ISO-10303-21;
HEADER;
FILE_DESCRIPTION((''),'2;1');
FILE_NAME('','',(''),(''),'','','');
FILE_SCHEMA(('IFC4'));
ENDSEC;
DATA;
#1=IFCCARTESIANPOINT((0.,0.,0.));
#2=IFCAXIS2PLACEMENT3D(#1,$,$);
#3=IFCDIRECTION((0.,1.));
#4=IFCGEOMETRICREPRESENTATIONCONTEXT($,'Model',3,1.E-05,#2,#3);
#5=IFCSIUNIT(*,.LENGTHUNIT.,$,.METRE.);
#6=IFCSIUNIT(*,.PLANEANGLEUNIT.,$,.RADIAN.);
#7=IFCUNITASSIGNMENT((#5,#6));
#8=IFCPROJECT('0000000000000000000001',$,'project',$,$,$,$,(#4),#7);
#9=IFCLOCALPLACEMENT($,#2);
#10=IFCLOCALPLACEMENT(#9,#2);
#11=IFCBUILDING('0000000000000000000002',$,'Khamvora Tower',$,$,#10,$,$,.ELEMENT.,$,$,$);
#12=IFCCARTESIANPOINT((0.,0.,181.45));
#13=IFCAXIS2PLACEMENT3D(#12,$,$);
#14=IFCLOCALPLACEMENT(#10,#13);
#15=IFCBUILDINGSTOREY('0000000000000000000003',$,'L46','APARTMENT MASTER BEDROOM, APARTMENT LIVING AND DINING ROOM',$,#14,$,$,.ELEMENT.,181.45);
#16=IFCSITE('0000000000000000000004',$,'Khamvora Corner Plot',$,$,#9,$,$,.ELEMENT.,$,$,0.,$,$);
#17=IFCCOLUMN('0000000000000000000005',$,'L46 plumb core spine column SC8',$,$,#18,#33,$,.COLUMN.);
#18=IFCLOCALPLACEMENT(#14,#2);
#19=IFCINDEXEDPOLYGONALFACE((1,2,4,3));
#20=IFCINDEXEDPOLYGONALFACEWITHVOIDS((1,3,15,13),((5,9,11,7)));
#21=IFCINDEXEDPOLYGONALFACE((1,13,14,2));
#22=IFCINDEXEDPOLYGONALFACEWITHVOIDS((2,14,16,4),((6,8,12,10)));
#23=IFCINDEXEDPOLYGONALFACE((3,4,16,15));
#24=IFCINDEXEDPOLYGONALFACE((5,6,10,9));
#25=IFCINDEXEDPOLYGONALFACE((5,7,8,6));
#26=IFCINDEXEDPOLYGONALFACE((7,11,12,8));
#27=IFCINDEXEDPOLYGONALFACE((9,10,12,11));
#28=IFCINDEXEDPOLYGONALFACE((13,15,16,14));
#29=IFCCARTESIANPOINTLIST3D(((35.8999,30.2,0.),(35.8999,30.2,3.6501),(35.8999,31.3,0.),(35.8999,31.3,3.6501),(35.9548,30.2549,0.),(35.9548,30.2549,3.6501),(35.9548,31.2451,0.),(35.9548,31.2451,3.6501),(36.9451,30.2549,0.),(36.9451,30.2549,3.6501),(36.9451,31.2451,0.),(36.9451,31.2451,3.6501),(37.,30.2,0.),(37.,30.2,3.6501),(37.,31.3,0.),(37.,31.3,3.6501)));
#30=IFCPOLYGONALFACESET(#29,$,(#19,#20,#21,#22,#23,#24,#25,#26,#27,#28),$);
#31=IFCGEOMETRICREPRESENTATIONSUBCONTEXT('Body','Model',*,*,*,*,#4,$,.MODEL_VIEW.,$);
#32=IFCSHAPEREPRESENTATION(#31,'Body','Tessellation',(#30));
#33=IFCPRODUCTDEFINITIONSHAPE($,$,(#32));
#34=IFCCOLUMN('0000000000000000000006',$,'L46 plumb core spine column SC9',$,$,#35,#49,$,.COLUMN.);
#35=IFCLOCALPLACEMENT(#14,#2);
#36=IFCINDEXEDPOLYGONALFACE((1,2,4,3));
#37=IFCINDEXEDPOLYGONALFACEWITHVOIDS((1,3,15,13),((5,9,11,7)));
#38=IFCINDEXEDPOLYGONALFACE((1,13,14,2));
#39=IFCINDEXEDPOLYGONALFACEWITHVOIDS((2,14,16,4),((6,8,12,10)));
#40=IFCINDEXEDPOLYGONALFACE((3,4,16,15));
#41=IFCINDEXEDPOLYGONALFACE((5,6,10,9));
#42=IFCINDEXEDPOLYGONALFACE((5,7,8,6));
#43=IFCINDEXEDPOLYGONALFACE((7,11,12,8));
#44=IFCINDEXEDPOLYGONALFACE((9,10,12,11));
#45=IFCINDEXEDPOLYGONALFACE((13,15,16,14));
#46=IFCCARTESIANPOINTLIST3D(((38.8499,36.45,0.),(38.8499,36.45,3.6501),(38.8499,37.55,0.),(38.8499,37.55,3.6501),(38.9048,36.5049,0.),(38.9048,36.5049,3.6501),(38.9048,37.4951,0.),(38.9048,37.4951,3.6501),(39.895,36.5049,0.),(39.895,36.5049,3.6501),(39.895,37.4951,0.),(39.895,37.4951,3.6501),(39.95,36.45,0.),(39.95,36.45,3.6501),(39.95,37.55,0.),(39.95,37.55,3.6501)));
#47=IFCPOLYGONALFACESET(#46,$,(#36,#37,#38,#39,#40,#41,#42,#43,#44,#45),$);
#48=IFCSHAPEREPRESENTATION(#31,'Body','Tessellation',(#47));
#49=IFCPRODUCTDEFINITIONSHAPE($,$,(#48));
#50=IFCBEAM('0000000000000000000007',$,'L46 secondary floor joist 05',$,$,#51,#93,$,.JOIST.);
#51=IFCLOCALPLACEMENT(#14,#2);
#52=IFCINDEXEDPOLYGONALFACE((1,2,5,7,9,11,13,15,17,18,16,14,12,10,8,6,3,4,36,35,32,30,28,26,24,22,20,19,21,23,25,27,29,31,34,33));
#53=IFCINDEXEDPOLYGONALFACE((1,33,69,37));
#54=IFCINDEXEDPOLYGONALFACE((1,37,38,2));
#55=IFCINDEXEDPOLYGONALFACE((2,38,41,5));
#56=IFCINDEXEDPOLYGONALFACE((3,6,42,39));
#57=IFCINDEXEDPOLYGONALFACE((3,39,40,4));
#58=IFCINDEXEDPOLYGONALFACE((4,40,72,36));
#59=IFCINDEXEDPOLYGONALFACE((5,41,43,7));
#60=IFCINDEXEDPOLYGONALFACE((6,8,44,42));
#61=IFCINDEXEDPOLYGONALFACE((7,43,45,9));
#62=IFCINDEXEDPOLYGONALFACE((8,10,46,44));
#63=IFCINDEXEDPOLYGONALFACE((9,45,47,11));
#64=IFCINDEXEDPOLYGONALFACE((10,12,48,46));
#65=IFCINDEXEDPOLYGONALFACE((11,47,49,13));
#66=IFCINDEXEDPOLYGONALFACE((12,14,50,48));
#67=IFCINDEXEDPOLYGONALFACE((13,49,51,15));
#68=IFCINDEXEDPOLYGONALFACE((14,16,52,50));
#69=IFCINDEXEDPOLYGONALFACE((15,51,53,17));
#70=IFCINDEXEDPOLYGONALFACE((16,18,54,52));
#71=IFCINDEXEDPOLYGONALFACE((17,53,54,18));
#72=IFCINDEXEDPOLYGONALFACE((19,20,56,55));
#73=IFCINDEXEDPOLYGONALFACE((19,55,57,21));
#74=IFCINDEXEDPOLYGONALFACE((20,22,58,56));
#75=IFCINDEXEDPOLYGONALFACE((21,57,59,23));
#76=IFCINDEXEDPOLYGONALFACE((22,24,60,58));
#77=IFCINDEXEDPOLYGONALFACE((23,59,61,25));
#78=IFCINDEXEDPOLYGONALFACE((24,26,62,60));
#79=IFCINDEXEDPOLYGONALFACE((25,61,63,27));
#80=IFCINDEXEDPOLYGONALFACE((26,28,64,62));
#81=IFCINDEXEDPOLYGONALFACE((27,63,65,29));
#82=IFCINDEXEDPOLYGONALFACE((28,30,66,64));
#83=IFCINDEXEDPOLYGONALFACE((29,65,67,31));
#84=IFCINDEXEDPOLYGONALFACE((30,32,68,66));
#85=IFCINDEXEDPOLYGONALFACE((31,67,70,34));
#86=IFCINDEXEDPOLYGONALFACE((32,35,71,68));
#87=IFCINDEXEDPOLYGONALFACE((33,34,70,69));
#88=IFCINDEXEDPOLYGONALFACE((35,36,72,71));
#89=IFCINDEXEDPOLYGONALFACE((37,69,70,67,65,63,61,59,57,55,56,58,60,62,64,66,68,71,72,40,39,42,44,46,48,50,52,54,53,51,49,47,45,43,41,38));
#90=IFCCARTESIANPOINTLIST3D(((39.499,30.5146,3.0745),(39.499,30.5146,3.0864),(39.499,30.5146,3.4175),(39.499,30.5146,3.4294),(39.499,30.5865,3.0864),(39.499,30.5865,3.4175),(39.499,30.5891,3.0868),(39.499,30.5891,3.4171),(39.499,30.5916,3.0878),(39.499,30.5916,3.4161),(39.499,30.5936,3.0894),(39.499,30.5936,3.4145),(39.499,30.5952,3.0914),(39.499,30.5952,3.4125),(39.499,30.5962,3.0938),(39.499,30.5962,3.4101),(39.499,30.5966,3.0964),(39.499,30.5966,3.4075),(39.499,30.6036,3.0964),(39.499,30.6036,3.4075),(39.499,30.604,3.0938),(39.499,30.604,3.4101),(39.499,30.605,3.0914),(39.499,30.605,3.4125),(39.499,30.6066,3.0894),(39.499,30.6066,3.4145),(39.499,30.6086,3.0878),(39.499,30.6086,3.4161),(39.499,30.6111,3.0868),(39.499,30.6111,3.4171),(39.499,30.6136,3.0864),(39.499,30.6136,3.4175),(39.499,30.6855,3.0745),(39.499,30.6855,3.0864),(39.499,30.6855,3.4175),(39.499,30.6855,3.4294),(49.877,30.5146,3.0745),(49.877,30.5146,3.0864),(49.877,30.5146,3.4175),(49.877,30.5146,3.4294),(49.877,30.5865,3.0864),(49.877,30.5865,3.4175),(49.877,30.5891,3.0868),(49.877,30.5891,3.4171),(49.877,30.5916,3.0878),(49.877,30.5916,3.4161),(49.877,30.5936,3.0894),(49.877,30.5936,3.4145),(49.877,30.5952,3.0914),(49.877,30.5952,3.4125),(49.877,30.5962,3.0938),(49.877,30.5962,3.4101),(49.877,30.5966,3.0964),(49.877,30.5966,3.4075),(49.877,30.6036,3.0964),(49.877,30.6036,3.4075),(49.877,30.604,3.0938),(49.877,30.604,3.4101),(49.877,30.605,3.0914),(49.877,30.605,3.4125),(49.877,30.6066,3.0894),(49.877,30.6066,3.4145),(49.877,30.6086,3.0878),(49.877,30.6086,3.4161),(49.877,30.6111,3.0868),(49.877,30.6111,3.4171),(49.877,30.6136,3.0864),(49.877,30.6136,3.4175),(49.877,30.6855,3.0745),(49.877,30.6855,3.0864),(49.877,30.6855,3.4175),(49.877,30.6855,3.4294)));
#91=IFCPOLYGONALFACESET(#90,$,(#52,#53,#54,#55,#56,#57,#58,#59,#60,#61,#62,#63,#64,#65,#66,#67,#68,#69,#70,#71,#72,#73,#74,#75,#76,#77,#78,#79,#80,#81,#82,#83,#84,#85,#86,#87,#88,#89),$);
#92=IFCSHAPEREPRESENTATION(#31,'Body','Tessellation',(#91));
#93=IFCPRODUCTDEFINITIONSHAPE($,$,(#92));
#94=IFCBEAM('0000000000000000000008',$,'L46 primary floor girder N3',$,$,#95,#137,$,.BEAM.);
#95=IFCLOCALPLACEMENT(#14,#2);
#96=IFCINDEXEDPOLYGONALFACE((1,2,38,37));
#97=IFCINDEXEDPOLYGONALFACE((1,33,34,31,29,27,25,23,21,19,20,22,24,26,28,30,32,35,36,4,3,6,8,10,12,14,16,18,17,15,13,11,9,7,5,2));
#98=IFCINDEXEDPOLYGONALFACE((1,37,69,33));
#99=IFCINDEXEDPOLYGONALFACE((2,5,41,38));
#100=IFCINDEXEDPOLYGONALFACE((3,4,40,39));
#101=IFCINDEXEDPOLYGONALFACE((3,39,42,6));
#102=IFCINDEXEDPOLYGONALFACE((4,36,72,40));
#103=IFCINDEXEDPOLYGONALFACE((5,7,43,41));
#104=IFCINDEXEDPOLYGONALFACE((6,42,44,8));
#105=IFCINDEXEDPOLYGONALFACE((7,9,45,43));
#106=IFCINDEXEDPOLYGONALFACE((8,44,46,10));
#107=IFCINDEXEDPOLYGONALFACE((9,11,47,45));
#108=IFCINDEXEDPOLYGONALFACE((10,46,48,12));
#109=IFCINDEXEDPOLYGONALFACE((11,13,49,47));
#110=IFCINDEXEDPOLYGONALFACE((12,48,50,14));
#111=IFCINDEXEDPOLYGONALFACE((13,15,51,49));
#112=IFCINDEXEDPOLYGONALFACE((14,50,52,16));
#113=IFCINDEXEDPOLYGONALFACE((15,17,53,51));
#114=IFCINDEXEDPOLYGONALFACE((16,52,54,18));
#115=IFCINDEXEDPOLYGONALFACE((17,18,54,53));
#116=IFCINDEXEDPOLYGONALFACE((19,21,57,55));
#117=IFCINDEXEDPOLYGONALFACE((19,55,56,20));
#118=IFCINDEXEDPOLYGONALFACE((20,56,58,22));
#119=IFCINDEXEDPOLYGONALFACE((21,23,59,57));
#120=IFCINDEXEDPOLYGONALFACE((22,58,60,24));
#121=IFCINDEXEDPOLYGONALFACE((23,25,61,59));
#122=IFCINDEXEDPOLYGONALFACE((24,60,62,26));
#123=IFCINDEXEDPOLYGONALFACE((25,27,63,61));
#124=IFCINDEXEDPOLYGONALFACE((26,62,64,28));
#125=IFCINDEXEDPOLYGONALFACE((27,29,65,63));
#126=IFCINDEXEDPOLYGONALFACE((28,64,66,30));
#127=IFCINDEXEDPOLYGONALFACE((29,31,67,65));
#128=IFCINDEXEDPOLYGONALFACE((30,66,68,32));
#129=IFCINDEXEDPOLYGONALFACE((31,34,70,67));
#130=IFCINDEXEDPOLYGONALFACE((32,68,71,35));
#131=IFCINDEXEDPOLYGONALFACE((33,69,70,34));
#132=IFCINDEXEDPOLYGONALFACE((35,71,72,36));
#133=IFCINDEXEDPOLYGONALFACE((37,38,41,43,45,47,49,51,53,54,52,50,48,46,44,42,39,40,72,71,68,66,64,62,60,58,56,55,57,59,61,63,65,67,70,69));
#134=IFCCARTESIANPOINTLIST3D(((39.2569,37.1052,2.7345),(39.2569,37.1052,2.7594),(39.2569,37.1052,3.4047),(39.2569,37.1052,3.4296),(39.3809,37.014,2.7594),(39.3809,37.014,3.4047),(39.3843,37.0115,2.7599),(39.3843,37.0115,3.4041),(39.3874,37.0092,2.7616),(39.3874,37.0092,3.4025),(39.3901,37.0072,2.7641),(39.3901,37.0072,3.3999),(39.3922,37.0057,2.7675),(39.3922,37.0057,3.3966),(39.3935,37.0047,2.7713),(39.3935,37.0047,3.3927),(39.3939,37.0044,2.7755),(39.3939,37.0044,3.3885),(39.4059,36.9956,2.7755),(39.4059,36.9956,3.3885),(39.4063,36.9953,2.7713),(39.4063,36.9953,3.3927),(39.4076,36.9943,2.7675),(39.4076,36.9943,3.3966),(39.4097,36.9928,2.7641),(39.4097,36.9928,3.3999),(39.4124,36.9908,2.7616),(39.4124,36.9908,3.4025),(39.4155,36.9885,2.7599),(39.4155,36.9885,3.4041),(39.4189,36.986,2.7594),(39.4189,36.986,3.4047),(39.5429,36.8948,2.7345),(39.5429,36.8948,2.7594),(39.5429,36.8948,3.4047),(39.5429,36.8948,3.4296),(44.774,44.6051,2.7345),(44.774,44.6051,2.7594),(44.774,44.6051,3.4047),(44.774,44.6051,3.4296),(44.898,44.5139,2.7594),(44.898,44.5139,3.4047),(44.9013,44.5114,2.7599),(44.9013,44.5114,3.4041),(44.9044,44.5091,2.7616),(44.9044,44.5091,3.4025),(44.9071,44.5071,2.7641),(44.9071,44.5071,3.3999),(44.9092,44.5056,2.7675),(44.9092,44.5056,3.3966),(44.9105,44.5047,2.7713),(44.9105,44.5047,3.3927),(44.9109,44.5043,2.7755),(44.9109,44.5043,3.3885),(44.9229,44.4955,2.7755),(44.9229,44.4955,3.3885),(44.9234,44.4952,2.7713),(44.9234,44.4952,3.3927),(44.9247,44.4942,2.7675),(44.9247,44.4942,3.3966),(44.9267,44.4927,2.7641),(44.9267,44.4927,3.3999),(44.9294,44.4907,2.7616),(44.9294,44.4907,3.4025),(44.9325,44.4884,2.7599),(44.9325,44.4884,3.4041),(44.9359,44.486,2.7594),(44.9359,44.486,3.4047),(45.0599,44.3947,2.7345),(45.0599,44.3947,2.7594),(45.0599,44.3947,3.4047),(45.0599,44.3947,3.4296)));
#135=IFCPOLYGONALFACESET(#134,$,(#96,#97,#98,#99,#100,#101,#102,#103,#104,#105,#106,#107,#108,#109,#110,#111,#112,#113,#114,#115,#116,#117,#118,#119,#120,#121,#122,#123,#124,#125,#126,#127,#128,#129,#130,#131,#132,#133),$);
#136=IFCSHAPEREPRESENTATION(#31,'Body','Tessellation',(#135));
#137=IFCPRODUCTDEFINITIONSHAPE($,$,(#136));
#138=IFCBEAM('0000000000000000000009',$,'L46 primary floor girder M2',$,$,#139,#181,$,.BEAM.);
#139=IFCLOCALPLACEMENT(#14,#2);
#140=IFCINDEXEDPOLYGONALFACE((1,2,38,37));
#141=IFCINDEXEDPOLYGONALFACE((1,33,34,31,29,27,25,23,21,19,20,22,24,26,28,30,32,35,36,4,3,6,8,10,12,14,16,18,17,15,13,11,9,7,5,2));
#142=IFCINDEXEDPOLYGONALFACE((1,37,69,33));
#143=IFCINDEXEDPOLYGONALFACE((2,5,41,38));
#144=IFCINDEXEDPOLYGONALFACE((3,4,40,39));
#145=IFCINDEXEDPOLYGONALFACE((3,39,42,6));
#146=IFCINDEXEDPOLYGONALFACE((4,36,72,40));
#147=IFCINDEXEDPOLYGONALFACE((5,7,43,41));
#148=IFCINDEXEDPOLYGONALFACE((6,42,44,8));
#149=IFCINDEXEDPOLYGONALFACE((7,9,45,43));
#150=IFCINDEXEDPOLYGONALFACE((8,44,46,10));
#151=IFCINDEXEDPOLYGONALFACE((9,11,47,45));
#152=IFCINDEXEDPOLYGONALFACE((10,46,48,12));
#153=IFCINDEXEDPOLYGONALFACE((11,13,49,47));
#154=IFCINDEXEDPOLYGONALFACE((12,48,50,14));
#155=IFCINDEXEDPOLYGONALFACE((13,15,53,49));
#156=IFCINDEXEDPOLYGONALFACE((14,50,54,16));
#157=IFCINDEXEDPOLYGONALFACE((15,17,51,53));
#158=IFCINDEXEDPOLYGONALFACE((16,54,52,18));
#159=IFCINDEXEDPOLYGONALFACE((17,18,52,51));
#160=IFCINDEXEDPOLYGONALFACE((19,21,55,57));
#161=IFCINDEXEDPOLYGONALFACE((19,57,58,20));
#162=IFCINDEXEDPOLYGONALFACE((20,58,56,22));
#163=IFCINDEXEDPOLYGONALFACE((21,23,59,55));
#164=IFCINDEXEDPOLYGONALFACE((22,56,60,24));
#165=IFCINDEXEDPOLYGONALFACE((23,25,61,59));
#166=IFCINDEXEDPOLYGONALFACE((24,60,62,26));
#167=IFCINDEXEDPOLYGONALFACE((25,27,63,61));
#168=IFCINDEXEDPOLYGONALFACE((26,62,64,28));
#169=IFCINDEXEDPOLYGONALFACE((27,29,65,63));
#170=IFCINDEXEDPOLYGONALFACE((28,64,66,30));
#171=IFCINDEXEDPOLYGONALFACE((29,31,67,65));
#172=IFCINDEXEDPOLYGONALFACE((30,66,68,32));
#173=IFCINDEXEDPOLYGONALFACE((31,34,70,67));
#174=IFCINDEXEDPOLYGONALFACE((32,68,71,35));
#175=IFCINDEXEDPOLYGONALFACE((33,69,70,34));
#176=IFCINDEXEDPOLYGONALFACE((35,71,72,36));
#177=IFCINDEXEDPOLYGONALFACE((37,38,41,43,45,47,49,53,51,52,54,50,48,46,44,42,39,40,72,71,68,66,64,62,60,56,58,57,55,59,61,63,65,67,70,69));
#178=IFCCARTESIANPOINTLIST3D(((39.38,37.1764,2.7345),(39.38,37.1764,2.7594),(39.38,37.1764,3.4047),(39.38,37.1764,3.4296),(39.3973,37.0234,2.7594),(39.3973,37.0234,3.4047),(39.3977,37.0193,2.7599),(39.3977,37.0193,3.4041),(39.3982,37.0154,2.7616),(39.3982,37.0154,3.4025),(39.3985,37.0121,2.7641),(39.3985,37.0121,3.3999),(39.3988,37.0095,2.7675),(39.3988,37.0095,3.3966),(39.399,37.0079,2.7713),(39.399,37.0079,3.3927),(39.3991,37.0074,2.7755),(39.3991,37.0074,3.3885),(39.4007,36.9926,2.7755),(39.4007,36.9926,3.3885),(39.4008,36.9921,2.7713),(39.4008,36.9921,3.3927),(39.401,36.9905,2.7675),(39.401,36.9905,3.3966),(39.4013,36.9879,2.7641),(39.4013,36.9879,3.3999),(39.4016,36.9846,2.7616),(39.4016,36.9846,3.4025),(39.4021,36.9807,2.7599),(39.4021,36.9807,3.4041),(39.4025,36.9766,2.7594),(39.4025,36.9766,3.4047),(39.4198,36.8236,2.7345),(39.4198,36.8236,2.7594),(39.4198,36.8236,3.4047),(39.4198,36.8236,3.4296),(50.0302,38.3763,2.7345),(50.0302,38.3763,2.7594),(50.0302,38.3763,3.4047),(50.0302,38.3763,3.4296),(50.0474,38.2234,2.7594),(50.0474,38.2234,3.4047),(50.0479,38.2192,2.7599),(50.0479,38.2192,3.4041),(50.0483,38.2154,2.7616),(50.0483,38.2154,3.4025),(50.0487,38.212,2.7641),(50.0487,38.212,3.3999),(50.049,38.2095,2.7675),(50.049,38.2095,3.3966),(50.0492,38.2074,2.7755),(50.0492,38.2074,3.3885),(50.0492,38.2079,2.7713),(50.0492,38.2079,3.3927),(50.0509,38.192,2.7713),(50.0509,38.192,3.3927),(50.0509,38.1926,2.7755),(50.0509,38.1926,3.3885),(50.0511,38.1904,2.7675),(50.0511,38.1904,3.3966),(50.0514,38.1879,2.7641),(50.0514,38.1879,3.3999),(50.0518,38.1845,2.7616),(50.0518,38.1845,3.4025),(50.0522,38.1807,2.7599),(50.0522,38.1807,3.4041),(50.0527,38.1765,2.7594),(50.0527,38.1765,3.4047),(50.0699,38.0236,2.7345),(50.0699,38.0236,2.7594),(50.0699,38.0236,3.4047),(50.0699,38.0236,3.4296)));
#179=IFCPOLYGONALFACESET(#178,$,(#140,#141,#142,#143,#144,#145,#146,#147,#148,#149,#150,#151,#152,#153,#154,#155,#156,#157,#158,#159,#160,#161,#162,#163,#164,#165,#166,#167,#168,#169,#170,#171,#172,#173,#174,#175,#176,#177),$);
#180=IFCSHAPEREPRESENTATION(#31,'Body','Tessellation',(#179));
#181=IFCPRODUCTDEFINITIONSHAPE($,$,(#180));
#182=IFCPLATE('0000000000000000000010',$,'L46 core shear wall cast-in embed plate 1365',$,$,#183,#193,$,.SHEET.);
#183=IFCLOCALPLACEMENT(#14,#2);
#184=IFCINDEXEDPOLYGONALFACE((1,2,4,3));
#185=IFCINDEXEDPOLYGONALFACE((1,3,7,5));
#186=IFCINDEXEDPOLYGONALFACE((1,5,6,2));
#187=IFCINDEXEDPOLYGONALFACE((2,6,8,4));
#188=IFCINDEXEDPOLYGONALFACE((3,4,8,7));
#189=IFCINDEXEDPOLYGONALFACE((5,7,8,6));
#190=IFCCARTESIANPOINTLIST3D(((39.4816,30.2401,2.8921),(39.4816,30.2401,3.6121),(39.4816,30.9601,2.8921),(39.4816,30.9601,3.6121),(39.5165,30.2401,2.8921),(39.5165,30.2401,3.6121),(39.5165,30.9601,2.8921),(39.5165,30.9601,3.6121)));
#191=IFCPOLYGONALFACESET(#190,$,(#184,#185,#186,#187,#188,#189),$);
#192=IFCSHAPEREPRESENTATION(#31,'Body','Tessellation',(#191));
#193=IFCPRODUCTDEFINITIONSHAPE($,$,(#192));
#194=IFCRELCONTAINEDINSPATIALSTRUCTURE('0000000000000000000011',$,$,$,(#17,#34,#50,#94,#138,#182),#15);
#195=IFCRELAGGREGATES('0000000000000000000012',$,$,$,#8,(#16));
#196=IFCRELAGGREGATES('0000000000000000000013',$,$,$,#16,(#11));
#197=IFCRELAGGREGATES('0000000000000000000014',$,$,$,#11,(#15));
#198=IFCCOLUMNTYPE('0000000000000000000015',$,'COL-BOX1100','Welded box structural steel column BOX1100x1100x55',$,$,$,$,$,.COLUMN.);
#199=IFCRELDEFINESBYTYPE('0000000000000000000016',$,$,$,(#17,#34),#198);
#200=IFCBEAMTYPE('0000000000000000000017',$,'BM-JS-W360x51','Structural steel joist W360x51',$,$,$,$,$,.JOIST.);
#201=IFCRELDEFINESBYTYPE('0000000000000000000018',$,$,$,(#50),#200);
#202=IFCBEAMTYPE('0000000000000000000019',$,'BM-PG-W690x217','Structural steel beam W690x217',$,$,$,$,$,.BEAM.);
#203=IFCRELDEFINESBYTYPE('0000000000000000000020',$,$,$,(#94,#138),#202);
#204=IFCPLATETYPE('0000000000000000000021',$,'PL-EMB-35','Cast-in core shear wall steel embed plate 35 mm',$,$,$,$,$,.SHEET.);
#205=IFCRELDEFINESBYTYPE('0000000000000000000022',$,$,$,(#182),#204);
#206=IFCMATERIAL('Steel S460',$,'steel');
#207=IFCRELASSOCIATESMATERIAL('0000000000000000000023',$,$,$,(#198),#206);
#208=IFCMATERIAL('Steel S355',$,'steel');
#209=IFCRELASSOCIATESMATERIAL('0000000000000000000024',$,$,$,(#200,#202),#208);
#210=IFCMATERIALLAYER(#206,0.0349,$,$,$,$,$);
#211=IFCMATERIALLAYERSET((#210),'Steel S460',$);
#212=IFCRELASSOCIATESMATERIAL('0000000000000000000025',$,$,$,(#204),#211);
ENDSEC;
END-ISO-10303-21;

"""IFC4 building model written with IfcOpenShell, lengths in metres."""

from ifc_helpers import new_model, si_unit, direction, frame, origin, origin_2d, place, context, subcontext, project, spatial, rectangle, hollow_rectangle, i_section, extrude, material, layer, layer_set, material_profile, profile_set, type_object, element, save


model = new_model("IFC4")

# Units and contexts
model_context = context("Model", 3, precision=1e-05, world=origin(), true_north=direction((0.0, 1.0)))
body_context = subcontext(model_context, "Body", "Model", "MODEL_VIEW")
ifc_project = project(units=[si_unit("LENGTHUNIT", "METRE"), si_unit("PLANEANGLEUNIT", "RADIAN")], contexts=[model_context])

# Site, building, storey
site_placement = place(None, origin())
site = spatial("IfcSite", under=ifc_project, at=site_placement, Name="Khamvora Corner Plot", CompositionType="ELEMENT", RefElevation=0.0)
building_placement = place(site_placement, origin())
building = spatial("IfcBuilding", under=site, at=building_placement, Name="Khamvora Tower", CompositionType="ELEMENT")
storey_placement = place(building_placement, frame((0.0, 0.0, 181.45)))
storey = spatial("IfcBuildingStorey", under=building, at=storey_placement, Name="L46", Description="APARTMENT MASTER BEDROOM, APARTMENT LIVING AND DINING ROOM", CompositionType="ELEMENT", Elevation=181.45)

# Columns
ifc_material_1 = material(Name="Steel S460", Category="steel")
ifc_material_profile_1 = material_profile(ifc_material_1, hollow_rectangle(XDim=1.1001, YDim=1.1001, WallThickness=0.0549, at=origin_2d()), Name="BOX1100x1100x55")
ifc_profile_set_1 = profile_set([ifc_material_profile_1], Name="Steel S460")
column_type = type_object("IfcColumnType", Name="COL-BOX1100", Description="Welded box structural steel column BOX1100x1100x55", PredefinedType="COLUMN", material=ifc_profile_set_1)
for number, where, z_axis, x_axis, name in (
    (1, (36.45, 30.75, 0.0), (0.0, 0.0, 1.0), (1.0, 0.0, 0.0), "L46 plumb core spine column SC8"),
    (2, (39.3999, 37.0, 0.0), (0.0, 0.0, 1.0), (1.0, 0.0, 0.0), "L46 plumb core spine column SC9"),
):
    element("IfcColumn", number, at=place(storey_placement, frame(where, z_axis=z_axis, x_axis=x_axis)), inside=storey, type_object=column_type, Name=name, PredefinedType="COLUMN", context=body_context, shape_type="SweptSolid", body=[
        extrude(hollow_rectangle(XDim=1.1001, YDim=1.1001, WallThickness=0.0549, at=origin_2d()), origin(), (0.0, 0.0, 1.0), 3.6501),
    ])

# Beams
ifc_material_2 = material(Name="Steel S355", Category="steel")
ifc_material_profile_2 = material_profile(ifc_material_2, i_section(OverallWidth=0.1709, OverallDepth=0.355, WebThickness=0.0071, FlangeThickness=0.012, FilletRadius=0.01, at=origin_2d()), Name="W360x51")
ifc_profile_set_2 = profile_set([ifc_material_profile_2], Name="Steel S355")
beam_type_1 = type_object("IfcBeamType", Name="BM-JS-W360x51", Description="Structural steel joist W360x51", PredefinedType="JOIST", material=ifc_profile_set_2)
beam_1_placement = place(storey_placement, frame((39.499, 30.6001, 3.252), z_axis=(1.0, 0.0, 0.0), x_axis=(0.0, 1.0, 0.0)))
element("IfcBeam", 3, at=beam_1_placement, inside=storey, type_object=beam_type_1, Name="L46 secondary floor joist 05", PredefinedType="JOIST", context=body_context, shape_type="SweptSolid", body=[
    extrude(i_section(OverallWidth=0.1709, OverallDepth=0.355, WebThickness=0.0071, FlangeThickness=0.012, FilletRadius=0.01, at=origin_2d()), origin(), (0.0, 0.0, 1.0), 10.3779),
])
ifc_material_profile_3 = material_profile(ifc_material_2, i_section(OverallWidth=0.355, OverallDepth=0.6951, WebThickness=0.0149, FlangeThickness=0.0249, FilletRadius=0.0161, at=origin_2d()), Name="W690x217")
ifc_profile_set_3 = profile_set([ifc_material_profile_3], Name="Steel S355")
beam_type_2 = type_object("IfcBeamType", Name="BM-PG-W690x217", Description="Structural steel beam W690x217", PredefinedType="BEAM", material=ifc_profile_set_3)
beam_2_placement = place(storey_placement, frame((39.3999, 37.0, 3.082), z_axis=(0.592557, 0.805529, 0.0), x_axis=(-0.805529, 0.592557, 0.0)))
element("IfcBeam", 4, at=beam_2_placement, inside=storey, type_object=beam_type_2, Name="L46 primary floor girder N3", PredefinedType="BEAM", context=body_context, shape_type="SweptSolid", body=[
    extrude(i_section(OverallWidth=0.355, OverallDepth=0.6951, WebThickness=0.0149, FlangeThickness=0.0249, FilletRadius=0.0161, at=origin_2d()), origin(), (0.0, 0.0, 1.0), 9.3105),
])
beam_3_placement = place(storey_placement, frame((39.3999, 37.0, 3.082), z_axis=(0.993713, 0.111962, 0.0), x_axis=(-0.111962, 0.993713, 0.0)))
element("IfcBeam", 5, at=beam_3_placement, inside=storey, type_object=beam_type_2, Name="L46 primary floor girder M2", PredefinedType="BEAM", context=body_context, shape_type="SweptSolid", body=[
    extrude(i_section(OverallWidth=0.355, OverallDepth=0.6951, WebThickness=0.0149, FlangeThickness=0.0249, FilletRadius=0.0161, at=origin_2d()), origin(), (0.0, 0.0, 1.0), 10.7175),
])

# Plate
ifc_layer_1 = layer(ifc_material_1, 0.0349)
ifc_layer_set_1 = layer_set([ifc_layer_1], Name="Steel S460")
plate_type = type_object("IfcPlateType", Name="PL-EMB-35", Description="Cast-in core shear wall steel embed plate 35 mm", PredefinedType="SHEET", material=ifc_layer_set_1)
plate_placement = place(storey_placement, frame((39.499, 30.6001, 2.8921), z_axis=(0.0, 0.0, 1.0), x_axis=(1.0, 0.0, 0.0)))
element("IfcPlate", 6, at=plate_placement, inside=storey, type_object=plate_type, Name="L46 core shear wall cast-in embed plate 1365", PredefinedType="SHEET", context=body_context, shape_type="SweptSolid", body=[
    extrude(rectangle(XDim=0.0349, YDim=0.72, at=origin_2d()), origin(), (0.0, 0.0, 1.0), 0.72),
])

save(model, "model.ifc")
